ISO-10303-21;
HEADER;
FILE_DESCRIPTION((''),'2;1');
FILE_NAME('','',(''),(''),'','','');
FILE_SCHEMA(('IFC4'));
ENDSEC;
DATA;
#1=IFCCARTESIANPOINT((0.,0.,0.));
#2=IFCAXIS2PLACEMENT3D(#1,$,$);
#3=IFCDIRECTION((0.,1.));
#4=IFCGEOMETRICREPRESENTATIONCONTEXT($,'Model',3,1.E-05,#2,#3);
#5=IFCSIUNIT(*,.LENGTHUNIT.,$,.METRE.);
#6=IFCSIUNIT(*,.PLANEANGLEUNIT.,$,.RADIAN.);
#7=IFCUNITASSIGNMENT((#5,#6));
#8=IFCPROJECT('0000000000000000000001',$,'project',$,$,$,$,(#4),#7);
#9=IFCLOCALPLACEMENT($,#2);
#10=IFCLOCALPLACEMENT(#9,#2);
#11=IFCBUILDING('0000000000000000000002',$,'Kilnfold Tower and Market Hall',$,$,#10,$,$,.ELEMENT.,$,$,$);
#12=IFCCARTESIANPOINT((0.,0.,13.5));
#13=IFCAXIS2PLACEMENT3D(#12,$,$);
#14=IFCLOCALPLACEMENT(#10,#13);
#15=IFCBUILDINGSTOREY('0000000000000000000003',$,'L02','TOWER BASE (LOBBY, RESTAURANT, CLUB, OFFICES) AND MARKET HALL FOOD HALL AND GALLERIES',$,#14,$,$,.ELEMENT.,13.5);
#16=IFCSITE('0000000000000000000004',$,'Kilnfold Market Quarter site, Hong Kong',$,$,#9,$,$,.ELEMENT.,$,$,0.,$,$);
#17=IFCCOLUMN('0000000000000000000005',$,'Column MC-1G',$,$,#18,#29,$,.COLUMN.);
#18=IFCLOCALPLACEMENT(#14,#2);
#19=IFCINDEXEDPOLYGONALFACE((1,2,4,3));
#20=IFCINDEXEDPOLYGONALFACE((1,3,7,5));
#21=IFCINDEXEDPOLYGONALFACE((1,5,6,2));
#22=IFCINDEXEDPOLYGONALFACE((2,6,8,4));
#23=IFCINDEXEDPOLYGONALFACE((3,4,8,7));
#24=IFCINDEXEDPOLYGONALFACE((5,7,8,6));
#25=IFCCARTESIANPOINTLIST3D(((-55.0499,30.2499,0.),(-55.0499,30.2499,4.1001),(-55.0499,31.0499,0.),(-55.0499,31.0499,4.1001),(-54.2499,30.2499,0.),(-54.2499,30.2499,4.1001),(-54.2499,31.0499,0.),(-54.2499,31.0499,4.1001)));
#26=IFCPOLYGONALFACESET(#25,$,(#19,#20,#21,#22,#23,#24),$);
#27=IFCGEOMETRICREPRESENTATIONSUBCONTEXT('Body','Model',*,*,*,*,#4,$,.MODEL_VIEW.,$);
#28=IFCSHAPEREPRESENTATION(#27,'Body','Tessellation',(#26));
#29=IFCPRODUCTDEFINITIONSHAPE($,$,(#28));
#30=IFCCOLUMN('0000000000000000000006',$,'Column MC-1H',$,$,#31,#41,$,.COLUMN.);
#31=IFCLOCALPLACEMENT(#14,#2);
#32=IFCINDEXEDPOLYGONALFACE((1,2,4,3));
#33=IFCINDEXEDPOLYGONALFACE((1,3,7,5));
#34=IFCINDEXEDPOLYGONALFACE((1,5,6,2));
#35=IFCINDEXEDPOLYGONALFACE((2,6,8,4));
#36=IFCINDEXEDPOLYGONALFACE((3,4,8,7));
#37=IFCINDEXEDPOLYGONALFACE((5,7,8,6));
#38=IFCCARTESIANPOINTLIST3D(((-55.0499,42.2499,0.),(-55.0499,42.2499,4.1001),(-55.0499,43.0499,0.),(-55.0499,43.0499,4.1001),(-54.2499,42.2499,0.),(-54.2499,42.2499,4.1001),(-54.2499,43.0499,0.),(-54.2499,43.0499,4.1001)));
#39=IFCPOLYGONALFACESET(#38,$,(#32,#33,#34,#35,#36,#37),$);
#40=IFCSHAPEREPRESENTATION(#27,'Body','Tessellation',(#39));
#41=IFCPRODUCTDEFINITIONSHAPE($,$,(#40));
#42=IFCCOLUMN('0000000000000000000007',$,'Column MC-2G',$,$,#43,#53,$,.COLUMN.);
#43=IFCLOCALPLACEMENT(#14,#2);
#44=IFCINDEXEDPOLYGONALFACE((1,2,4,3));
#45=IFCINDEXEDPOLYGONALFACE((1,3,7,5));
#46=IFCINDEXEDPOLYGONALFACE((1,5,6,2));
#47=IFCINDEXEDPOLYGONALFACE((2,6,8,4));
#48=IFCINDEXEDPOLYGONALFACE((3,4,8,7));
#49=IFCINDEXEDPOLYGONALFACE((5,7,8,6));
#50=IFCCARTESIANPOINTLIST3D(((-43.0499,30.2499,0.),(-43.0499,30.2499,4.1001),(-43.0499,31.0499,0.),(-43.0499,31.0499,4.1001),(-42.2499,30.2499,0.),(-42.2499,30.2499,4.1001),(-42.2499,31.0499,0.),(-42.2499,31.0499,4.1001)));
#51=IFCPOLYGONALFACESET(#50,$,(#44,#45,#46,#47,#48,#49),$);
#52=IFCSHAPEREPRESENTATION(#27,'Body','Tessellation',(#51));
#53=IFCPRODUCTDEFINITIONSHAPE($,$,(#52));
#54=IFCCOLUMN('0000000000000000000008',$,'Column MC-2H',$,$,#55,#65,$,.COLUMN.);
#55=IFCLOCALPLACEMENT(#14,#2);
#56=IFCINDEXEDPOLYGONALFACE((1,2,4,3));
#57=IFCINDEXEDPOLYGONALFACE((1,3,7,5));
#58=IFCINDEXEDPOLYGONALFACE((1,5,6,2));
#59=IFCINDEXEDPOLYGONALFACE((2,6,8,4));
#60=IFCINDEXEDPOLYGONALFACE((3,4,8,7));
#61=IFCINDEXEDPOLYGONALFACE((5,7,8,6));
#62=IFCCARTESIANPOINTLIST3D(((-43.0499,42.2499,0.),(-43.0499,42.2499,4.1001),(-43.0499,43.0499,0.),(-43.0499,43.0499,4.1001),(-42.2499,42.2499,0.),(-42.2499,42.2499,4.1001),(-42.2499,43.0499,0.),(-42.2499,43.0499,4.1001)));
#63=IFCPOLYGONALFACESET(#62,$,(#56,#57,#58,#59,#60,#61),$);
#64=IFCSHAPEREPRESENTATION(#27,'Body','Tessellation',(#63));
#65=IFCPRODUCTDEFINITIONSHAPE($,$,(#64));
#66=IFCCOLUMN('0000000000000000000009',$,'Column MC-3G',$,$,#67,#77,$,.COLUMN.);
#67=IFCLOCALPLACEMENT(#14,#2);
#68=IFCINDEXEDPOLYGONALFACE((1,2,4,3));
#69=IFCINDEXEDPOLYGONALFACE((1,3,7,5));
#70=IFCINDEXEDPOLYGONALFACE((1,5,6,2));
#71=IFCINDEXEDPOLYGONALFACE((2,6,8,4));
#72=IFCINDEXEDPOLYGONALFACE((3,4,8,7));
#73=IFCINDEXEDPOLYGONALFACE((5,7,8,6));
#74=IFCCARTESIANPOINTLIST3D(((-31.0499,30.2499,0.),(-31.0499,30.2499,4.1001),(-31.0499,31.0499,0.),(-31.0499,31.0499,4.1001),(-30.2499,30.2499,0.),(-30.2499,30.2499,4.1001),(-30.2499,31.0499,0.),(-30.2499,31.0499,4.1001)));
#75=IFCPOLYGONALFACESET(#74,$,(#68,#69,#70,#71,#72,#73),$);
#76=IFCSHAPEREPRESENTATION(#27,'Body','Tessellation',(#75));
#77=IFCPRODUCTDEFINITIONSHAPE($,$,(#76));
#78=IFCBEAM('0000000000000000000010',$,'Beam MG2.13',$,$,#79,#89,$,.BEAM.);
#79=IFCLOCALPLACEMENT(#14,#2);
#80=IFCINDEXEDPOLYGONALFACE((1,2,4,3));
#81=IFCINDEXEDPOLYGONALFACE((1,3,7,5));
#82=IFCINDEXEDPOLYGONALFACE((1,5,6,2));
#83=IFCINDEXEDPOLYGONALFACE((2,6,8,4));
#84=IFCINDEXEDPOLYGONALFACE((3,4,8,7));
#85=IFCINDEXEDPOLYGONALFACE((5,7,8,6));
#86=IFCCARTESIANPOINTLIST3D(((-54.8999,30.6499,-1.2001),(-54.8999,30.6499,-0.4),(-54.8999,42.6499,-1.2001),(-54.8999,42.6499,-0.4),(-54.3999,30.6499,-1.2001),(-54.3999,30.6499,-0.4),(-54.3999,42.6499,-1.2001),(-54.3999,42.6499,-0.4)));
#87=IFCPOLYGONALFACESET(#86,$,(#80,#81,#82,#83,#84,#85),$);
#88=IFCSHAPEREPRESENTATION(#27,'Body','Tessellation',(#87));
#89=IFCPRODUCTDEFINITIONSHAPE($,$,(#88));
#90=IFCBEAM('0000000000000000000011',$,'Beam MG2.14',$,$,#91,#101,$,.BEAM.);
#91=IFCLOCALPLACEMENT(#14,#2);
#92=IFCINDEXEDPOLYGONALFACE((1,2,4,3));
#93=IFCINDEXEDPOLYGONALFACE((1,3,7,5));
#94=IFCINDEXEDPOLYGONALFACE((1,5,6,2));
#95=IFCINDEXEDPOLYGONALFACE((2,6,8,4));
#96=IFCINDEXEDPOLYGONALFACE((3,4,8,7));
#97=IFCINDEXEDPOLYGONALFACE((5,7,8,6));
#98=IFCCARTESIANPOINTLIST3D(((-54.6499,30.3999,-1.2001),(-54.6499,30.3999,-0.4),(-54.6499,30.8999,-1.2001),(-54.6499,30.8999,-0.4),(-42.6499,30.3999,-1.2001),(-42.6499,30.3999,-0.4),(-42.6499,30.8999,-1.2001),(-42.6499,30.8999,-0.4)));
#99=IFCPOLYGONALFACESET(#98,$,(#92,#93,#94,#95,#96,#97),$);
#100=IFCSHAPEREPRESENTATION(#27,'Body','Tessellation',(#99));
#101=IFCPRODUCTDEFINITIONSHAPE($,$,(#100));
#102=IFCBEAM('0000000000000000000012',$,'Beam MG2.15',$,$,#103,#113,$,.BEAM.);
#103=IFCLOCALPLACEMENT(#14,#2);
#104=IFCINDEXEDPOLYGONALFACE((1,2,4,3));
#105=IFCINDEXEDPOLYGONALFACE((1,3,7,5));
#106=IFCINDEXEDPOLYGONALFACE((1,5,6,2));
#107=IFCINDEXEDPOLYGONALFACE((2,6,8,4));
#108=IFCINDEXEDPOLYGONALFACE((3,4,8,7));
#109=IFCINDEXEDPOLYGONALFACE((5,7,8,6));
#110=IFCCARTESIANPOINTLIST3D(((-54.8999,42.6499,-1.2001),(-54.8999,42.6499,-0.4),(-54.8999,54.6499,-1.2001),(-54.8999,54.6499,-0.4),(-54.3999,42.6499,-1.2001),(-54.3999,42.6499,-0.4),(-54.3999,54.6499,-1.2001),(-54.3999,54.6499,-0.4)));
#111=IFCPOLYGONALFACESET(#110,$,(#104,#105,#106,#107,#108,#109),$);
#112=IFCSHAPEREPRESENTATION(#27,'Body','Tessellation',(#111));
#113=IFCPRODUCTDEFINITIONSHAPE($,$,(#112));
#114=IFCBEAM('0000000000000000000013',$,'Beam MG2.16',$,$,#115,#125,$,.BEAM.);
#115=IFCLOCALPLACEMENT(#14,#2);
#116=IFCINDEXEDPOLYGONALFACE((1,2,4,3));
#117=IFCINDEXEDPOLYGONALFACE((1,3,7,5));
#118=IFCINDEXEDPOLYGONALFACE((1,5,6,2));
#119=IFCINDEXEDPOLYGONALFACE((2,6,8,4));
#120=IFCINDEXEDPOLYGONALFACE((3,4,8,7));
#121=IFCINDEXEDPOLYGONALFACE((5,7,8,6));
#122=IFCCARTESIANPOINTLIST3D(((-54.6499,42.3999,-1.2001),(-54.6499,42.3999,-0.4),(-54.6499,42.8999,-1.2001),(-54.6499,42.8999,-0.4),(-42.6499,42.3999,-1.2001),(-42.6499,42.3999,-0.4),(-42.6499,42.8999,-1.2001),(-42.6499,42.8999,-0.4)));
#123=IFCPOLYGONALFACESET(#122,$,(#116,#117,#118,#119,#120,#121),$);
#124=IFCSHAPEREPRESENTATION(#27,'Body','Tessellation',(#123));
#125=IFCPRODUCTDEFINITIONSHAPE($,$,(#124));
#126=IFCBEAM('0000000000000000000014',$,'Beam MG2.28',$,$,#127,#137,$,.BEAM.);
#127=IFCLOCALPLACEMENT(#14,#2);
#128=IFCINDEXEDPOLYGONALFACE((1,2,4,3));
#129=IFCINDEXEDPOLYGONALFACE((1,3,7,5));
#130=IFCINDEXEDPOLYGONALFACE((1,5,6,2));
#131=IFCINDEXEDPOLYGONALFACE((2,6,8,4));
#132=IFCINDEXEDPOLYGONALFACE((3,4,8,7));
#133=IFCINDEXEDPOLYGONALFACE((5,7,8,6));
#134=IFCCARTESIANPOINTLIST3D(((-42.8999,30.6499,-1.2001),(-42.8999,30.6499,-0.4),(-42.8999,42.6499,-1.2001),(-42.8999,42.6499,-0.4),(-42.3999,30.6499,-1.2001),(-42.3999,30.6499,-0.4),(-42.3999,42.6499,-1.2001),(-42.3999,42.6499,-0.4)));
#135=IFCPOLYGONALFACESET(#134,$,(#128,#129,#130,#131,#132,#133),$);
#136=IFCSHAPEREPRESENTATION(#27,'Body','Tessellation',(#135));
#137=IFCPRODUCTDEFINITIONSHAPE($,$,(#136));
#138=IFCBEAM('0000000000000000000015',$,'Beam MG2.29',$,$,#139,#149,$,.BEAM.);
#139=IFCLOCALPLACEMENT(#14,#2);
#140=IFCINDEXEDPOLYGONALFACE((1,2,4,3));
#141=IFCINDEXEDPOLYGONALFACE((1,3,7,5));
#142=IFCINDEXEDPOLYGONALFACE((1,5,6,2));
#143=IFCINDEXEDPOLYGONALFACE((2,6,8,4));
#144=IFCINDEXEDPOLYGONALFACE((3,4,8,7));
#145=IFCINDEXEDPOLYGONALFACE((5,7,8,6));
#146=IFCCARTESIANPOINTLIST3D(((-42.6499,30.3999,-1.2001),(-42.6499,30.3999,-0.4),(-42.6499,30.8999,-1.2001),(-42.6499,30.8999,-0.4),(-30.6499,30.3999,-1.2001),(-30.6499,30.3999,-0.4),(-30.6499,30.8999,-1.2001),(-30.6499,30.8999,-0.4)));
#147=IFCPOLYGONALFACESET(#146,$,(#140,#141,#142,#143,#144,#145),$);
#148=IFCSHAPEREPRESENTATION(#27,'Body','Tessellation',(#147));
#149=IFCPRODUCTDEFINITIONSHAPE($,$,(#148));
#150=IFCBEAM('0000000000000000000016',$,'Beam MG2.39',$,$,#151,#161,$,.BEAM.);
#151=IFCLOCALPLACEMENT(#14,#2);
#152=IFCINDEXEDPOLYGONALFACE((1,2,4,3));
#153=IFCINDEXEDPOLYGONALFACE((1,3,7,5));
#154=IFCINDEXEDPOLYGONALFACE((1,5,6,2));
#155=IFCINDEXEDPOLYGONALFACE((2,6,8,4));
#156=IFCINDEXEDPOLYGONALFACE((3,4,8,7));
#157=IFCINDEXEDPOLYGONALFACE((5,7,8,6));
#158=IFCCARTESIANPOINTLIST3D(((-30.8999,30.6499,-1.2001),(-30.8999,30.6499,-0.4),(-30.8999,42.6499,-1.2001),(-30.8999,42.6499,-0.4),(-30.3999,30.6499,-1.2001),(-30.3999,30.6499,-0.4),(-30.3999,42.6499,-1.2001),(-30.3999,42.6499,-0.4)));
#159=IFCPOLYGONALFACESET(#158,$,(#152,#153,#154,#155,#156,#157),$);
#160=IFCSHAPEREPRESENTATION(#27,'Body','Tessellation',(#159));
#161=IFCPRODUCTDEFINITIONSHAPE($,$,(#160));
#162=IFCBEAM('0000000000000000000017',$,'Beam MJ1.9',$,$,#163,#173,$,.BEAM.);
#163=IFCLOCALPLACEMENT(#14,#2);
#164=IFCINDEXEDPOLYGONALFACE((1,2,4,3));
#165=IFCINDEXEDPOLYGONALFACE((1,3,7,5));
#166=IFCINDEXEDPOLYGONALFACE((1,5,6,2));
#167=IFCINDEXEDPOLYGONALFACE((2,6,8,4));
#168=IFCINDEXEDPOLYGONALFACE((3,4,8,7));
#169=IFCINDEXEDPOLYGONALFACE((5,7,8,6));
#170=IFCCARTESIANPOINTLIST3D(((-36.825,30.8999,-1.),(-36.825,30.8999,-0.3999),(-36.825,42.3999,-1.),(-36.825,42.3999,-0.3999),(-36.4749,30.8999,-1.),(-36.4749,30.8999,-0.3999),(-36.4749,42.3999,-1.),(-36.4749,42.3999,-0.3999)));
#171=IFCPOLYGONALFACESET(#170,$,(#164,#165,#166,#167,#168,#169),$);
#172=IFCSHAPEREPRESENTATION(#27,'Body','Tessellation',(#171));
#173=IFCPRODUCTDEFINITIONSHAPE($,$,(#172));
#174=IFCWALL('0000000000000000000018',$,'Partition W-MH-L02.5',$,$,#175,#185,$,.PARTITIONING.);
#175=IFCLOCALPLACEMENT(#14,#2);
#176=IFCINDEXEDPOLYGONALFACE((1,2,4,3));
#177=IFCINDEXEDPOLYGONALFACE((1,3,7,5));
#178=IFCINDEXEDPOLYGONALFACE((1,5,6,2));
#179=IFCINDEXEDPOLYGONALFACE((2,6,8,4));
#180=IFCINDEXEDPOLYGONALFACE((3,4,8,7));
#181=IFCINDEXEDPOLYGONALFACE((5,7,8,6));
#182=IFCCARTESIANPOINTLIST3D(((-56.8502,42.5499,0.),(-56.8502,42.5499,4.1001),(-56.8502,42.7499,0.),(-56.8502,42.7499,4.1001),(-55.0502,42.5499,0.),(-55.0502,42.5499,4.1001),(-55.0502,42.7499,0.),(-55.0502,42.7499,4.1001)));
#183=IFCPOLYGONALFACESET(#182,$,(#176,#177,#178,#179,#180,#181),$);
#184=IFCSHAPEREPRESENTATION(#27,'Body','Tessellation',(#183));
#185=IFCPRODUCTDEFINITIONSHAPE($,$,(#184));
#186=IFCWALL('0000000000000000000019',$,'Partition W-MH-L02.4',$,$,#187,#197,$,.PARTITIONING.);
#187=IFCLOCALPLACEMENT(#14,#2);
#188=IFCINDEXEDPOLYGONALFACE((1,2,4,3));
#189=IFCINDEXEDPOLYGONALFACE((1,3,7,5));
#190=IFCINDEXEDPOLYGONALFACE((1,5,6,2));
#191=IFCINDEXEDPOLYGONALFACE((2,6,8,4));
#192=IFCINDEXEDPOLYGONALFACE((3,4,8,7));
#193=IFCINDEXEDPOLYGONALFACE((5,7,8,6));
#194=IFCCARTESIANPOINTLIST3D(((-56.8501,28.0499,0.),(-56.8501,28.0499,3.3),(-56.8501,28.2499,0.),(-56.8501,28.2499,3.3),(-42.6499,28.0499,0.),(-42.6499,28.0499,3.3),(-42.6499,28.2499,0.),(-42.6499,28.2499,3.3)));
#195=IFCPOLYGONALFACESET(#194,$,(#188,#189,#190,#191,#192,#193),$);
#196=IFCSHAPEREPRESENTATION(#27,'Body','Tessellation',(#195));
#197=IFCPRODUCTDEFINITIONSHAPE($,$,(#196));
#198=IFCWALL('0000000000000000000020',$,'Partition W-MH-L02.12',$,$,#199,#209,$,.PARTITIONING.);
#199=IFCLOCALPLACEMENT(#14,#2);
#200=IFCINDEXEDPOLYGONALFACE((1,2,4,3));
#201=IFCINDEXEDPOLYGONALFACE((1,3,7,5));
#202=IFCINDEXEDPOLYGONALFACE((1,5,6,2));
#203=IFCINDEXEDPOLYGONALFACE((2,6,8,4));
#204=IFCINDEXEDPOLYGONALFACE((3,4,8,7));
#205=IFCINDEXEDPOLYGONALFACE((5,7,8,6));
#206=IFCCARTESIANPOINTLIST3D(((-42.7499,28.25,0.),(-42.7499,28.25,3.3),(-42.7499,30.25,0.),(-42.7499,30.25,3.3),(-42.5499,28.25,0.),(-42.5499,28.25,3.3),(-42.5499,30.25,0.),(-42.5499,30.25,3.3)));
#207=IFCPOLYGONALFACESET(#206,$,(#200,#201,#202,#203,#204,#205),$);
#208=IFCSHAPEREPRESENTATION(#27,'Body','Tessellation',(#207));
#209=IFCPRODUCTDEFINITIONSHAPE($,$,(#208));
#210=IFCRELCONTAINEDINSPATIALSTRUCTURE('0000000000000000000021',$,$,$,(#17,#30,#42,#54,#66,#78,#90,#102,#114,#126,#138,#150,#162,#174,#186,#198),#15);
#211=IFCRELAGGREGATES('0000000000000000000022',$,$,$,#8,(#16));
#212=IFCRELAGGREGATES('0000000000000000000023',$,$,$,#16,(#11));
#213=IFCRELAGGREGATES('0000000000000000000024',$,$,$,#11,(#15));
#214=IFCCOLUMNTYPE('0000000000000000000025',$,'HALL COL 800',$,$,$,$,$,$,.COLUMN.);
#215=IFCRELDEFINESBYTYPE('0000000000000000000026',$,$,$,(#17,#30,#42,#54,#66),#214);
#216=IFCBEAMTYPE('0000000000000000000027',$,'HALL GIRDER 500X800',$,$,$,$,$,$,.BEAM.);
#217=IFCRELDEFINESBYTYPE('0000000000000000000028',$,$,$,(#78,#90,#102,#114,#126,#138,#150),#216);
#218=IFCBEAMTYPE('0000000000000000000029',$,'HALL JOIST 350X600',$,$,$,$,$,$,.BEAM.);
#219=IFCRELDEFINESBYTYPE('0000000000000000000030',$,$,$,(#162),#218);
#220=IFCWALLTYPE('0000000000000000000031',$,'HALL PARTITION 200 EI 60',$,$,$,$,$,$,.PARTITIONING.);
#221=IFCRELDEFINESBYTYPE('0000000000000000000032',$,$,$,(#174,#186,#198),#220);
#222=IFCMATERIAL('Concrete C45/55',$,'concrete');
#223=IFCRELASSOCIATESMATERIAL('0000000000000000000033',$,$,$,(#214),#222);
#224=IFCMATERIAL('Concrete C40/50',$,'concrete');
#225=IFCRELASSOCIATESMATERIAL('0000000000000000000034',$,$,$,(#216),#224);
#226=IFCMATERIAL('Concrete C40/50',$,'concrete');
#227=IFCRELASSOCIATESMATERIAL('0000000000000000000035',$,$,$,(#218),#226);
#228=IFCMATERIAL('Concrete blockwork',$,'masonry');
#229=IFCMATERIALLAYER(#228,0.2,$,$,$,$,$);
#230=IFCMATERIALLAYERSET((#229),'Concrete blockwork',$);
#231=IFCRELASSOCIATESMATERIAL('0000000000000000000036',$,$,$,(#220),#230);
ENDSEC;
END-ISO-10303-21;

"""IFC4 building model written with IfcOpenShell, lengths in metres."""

from ifc_helpers import new_model, si_unit, direction, frame, frame_2d, origin, origin_2d, place, context, subcontext, project, spatial, rectangle, extrude, source, transform, mapped, material, layer, layer_set, material_profile, profile_set, type_object, element, save


model = new_model("IFC4")

# Units and contexts
model_context = context("Model", 3, precision=1e-05, world=origin(), true_north=direction((0.0, 1.0)))
body_context = subcontext(model_context, "Body", "Model", "MODEL_VIEW")
ifc_project = project(units=[si_unit("LENGTHUNIT", "METRE"), si_unit("PLANEANGLEUNIT", "RADIAN")], contexts=[model_context])

# Site, building, storey
site_placement = place(None, origin())
site = spatial("IfcSite", under=ifc_project, at=site_placement, Name="Kilnfold Market Quarter site, Hong Kong", CompositionType="ELEMENT", RefElevation=0.0)
building_placement = place(site_placement, origin())
building = spatial("IfcBuilding", under=site, at=building_placement, Name="Kilnfold Tower and Market Hall", CompositionType="ELEMENT")
storey_placement = place(building_placement, frame((0.0, 0.0, 13.5)))
storey = spatial("IfcBuildingStorey", under=building, at=storey_placement, Name="L02", Description="TOWER BASE (LOBBY, RESTAURANT, CLUB, OFFICES) AND MARKET HALL FOOD HALL AND GALLERIES", CompositionType="ELEMENT", Elevation=13.5)

# Columns
ifc_material_1 = material(Name="Concrete C45/55", Category="concrete")
ifc_material_profile_1 = material_profile(ifc_material_1, rectangle(XDim=0.8, YDim=0.8, at=origin_2d()), Name="RC 800x800")
ifc_profile_set_1 = profile_set([ifc_material_profile_1], Name="Concrete C45/55")
column_type = type_object("IfcColumnType", Name="HALL COL 800", PredefinedType="COLUMN", material=ifc_profile_set_1)
shared_shape_1 = source(origin(), body_context, "Body", "SweptSolid", [
    extrude(rectangle(XDim=0.8, YDim=0.8, at=origin_2d()), origin(), (0.0, 0.0, 1.0), 4.1001),
])
for number, where, z_axis, x_axis, name in (
    (1, (-54.6499, 30.6499, 0.0), (0.0, 0.0, 1.0), (1.0, 0.0, 0.0), "Column MC-1G"),
    (2, (-54.6499, 42.6499, 0.0), (0.0, 0.0, 1.0), (1.0, 0.0, 0.0), "Column MC-1H"),
    (3, (-42.6499, 30.6499, 0.0), (0.0, 0.0, 1.0), (1.0, 0.0, 0.0), "Column MC-2G"),
    (4, (-42.6499, 42.6499, 0.0), (0.0, 0.0, 1.0), (1.0, 0.0, 0.0), "Column MC-2H"),
    (5, (-30.6499, 30.6499, 0.0), (0.0, 0.0, 1.0), (1.0, 0.0, 0.0), "Column MC-3G"),
):
    element("IfcColumn", number, at=place(storey_placement, frame(where, z_axis=z_axis, x_axis=x_axis)), inside=storey, type_object=column_type, Name=name, PredefinedType="COLUMN", context=body_context, shape_type="MappedRepresentation", body=[
        mapped(shared_shape_1, transform((0.0, 0.0, 0.0))),
    ])

# Beams
ifc_material_2 = material(Name="Concrete C40/50", Category="concrete")
ifc_material_profile_2 = material_profile(ifc_material_2, rectangle(XDim=0.5, YDim=0.8, at=origin_2d()), Name="RC 500x800")
ifc_profile_set_2 = profile_set([ifc_material_profile_2], Name="Concrete C40/50")
beam_type_1 = type_object("IfcBeamType", Name="HALL GIRDER 500X800", PredefinedType="BEAM", material=ifc_profile_set_2)
for number, where, z_axis, x_axis, name in (
    (6, (-54.6499, 30.6499, -0.8), (0.0, 1.0, 0.0), (-1.0, 0.0, 0.0), "Beam MG2.13"),
    (7, (-54.6499, 30.6499, -0.8), (1.0, 0.0, 0.0), (0.0, 1.0, 0.0), "Beam MG2.14"),
    (8, (-54.6499, 42.6499, -0.8), (0.0, 1.0, 0.0), (-1.0, 0.0, 0.0), "Beam MG2.15"),
    (9, (-54.6499, 42.6499, -0.8), (1.0, 0.0, 0.0), (0.0, 1.0, 0.0), "Beam MG2.16"),
    (10, (-42.6499, 30.6499, -0.8), (0.0, 1.0, 0.0), (-1.0, 0.0, 0.0), "Beam MG2.28"),
    (11, (-42.6499, 30.6499, -0.8), (1.0, 0.0, 0.0), (0.0, 1.0, 0.0), "Beam MG2.29"),
    (12, (-30.6499, 30.6499, -0.8), (0.0, 1.0, 0.0), (-1.0, 0.0, 0.0), "Beam MG2.39"),
):
    element("IfcBeam", number, at=place(storey_placement, frame(where, z_axis=z_axis, x_axis=x_axis)), inside=storey, type_object=beam_type_1, Name=name, PredefinedType="BEAM", context=body_context, shape_type="SweptSolid", body=[
        extrude(rectangle(XDim=0.5, YDim=0.8, at=origin_2d()), origin(), (0.0, 0.0, 1.0), 12.0),
    ])
ifc_material_3 = material(Name="Concrete C40/50", Category="concrete")
ifc_material_profile_3 = material_profile(ifc_material_3, rectangle(XDim=0.3501, YDim=0.6001, at=origin_2d()), Name="RC 350x600")
ifc_profile_set_3 = profile_set([ifc_material_profile_3], Name="Concrete C40/50")
beam_type_2 = type_object("IfcBeamType", Name="HALL JOIST 350X600", PredefinedType="BEAM", material=ifc_profile_set_3)
beam_placement = place(storey_placement, frame((-36.6499, 30.8999, -0.7), z_axis=(0.0, 1.0, 0.0), x_axis=(-1.0, 0.0, 0.0)))
element("IfcBeam", 13, at=beam_placement, inside=storey, type_object=beam_type_2, Name="Beam MJ1.9", PredefinedType="BEAM", context=body_context, shape_type="SweptSolid", body=[
    extrude(rectangle(XDim=0.3501, YDim=0.6001, at=origin_2d()), origin(), (0.0, 0.0, 1.0), 11.5),
])

# Walls
ifc_material_4 = material(Name="Concrete blockwork", Category="masonry")
ifc_layer_1 = layer(ifc_material_4, 0.2)
ifc_layer_set_1 = layer_set([ifc_layer_1], Name="Concrete blockwork")
wall_type_1 = type_object("IfcWallType", Name="HALL PARTITION 200 EI 60", PredefinedType="PARTITIONING", material=ifc_layer_set_1)
shared_shape_2 = source(origin(), body_context, "Body", "SweptSolid", [
    extrude(rectangle(XDim=1.8, YDim=0.2, at=frame_2d((0.8999, 0.0))), origin(), (0.0, 0.0, 1.0), 4.1001),
])
wall_1_placement = place(storey_placement, frame((-56.8501, 42.6499, 0.0), z_axis=(0.0, 0.0, 1.0), x_axis=(1.0, 0.0, 0.0)))
element("IfcWall", 14, at=wall_1_placement, inside=storey, type_object=wall_type_1, Name="Partition W-MH-L02.5", PredefinedType="PARTITIONING", context=body_context, shape_type="MappedRepresentation", body=[
    mapped(shared_shape_2, transform((0.0, 0.0, 0.0))),
])
shared_shape_3 = source(origin(), body_context, "Body", "SweptSolid", [
    extrude(rectangle(XDim=14.2002, YDim=0.2, at=frame_2d((7.1001, 0.0))), origin(), (0.0, 0.0, 1.0), 3.3),
])
wall_2_placement = place(storey_placement, frame((-56.8501, 28.1499, 0.0), z_axis=(0.0, 0.0, 1.0), x_axis=(1.0, 0.0, 0.0)))
element("IfcWall", 15, at=wall_2_placement, inside=storey, type_object=wall_type_1, Name="Partition W-MH-L02.4", PredefinedType="PARTITIONING", context=body_context, shape_type="MappedRepresentation", body=[
    mapped(shared_shape_3, transform((0.0, 0.0, 0.0))),
])
shared_shape_4 = source(origin(), body_context, "Body", "SweptSolid", [
    extrude(rectangle(XDim=2.0, YDim=0.2, at=frame_2d((1.0, 0.0))), origin(), (0.0, 0.0, 1.0), 3.3),
])
wall_3_placement = place(storey_placement, frame((-42.6499, 28.25, 0.0), z_axis=(0.0, 0.0, 1.0), x_axis=(0.0, 1.0, 0.0)))
element("IfcWall", 16, at=wall_3_placement, inside=storey, type_object=wall_type_1, Name="Partition W-MH-L02.12", PredefinedType="PARTITIONING", context=body_context, shape_type="MappedRepresentation", body=[
    mapped(shared_shape_4, transform((0.0, 0.0, 0.0))),
])

save(model, "model.ifc")
